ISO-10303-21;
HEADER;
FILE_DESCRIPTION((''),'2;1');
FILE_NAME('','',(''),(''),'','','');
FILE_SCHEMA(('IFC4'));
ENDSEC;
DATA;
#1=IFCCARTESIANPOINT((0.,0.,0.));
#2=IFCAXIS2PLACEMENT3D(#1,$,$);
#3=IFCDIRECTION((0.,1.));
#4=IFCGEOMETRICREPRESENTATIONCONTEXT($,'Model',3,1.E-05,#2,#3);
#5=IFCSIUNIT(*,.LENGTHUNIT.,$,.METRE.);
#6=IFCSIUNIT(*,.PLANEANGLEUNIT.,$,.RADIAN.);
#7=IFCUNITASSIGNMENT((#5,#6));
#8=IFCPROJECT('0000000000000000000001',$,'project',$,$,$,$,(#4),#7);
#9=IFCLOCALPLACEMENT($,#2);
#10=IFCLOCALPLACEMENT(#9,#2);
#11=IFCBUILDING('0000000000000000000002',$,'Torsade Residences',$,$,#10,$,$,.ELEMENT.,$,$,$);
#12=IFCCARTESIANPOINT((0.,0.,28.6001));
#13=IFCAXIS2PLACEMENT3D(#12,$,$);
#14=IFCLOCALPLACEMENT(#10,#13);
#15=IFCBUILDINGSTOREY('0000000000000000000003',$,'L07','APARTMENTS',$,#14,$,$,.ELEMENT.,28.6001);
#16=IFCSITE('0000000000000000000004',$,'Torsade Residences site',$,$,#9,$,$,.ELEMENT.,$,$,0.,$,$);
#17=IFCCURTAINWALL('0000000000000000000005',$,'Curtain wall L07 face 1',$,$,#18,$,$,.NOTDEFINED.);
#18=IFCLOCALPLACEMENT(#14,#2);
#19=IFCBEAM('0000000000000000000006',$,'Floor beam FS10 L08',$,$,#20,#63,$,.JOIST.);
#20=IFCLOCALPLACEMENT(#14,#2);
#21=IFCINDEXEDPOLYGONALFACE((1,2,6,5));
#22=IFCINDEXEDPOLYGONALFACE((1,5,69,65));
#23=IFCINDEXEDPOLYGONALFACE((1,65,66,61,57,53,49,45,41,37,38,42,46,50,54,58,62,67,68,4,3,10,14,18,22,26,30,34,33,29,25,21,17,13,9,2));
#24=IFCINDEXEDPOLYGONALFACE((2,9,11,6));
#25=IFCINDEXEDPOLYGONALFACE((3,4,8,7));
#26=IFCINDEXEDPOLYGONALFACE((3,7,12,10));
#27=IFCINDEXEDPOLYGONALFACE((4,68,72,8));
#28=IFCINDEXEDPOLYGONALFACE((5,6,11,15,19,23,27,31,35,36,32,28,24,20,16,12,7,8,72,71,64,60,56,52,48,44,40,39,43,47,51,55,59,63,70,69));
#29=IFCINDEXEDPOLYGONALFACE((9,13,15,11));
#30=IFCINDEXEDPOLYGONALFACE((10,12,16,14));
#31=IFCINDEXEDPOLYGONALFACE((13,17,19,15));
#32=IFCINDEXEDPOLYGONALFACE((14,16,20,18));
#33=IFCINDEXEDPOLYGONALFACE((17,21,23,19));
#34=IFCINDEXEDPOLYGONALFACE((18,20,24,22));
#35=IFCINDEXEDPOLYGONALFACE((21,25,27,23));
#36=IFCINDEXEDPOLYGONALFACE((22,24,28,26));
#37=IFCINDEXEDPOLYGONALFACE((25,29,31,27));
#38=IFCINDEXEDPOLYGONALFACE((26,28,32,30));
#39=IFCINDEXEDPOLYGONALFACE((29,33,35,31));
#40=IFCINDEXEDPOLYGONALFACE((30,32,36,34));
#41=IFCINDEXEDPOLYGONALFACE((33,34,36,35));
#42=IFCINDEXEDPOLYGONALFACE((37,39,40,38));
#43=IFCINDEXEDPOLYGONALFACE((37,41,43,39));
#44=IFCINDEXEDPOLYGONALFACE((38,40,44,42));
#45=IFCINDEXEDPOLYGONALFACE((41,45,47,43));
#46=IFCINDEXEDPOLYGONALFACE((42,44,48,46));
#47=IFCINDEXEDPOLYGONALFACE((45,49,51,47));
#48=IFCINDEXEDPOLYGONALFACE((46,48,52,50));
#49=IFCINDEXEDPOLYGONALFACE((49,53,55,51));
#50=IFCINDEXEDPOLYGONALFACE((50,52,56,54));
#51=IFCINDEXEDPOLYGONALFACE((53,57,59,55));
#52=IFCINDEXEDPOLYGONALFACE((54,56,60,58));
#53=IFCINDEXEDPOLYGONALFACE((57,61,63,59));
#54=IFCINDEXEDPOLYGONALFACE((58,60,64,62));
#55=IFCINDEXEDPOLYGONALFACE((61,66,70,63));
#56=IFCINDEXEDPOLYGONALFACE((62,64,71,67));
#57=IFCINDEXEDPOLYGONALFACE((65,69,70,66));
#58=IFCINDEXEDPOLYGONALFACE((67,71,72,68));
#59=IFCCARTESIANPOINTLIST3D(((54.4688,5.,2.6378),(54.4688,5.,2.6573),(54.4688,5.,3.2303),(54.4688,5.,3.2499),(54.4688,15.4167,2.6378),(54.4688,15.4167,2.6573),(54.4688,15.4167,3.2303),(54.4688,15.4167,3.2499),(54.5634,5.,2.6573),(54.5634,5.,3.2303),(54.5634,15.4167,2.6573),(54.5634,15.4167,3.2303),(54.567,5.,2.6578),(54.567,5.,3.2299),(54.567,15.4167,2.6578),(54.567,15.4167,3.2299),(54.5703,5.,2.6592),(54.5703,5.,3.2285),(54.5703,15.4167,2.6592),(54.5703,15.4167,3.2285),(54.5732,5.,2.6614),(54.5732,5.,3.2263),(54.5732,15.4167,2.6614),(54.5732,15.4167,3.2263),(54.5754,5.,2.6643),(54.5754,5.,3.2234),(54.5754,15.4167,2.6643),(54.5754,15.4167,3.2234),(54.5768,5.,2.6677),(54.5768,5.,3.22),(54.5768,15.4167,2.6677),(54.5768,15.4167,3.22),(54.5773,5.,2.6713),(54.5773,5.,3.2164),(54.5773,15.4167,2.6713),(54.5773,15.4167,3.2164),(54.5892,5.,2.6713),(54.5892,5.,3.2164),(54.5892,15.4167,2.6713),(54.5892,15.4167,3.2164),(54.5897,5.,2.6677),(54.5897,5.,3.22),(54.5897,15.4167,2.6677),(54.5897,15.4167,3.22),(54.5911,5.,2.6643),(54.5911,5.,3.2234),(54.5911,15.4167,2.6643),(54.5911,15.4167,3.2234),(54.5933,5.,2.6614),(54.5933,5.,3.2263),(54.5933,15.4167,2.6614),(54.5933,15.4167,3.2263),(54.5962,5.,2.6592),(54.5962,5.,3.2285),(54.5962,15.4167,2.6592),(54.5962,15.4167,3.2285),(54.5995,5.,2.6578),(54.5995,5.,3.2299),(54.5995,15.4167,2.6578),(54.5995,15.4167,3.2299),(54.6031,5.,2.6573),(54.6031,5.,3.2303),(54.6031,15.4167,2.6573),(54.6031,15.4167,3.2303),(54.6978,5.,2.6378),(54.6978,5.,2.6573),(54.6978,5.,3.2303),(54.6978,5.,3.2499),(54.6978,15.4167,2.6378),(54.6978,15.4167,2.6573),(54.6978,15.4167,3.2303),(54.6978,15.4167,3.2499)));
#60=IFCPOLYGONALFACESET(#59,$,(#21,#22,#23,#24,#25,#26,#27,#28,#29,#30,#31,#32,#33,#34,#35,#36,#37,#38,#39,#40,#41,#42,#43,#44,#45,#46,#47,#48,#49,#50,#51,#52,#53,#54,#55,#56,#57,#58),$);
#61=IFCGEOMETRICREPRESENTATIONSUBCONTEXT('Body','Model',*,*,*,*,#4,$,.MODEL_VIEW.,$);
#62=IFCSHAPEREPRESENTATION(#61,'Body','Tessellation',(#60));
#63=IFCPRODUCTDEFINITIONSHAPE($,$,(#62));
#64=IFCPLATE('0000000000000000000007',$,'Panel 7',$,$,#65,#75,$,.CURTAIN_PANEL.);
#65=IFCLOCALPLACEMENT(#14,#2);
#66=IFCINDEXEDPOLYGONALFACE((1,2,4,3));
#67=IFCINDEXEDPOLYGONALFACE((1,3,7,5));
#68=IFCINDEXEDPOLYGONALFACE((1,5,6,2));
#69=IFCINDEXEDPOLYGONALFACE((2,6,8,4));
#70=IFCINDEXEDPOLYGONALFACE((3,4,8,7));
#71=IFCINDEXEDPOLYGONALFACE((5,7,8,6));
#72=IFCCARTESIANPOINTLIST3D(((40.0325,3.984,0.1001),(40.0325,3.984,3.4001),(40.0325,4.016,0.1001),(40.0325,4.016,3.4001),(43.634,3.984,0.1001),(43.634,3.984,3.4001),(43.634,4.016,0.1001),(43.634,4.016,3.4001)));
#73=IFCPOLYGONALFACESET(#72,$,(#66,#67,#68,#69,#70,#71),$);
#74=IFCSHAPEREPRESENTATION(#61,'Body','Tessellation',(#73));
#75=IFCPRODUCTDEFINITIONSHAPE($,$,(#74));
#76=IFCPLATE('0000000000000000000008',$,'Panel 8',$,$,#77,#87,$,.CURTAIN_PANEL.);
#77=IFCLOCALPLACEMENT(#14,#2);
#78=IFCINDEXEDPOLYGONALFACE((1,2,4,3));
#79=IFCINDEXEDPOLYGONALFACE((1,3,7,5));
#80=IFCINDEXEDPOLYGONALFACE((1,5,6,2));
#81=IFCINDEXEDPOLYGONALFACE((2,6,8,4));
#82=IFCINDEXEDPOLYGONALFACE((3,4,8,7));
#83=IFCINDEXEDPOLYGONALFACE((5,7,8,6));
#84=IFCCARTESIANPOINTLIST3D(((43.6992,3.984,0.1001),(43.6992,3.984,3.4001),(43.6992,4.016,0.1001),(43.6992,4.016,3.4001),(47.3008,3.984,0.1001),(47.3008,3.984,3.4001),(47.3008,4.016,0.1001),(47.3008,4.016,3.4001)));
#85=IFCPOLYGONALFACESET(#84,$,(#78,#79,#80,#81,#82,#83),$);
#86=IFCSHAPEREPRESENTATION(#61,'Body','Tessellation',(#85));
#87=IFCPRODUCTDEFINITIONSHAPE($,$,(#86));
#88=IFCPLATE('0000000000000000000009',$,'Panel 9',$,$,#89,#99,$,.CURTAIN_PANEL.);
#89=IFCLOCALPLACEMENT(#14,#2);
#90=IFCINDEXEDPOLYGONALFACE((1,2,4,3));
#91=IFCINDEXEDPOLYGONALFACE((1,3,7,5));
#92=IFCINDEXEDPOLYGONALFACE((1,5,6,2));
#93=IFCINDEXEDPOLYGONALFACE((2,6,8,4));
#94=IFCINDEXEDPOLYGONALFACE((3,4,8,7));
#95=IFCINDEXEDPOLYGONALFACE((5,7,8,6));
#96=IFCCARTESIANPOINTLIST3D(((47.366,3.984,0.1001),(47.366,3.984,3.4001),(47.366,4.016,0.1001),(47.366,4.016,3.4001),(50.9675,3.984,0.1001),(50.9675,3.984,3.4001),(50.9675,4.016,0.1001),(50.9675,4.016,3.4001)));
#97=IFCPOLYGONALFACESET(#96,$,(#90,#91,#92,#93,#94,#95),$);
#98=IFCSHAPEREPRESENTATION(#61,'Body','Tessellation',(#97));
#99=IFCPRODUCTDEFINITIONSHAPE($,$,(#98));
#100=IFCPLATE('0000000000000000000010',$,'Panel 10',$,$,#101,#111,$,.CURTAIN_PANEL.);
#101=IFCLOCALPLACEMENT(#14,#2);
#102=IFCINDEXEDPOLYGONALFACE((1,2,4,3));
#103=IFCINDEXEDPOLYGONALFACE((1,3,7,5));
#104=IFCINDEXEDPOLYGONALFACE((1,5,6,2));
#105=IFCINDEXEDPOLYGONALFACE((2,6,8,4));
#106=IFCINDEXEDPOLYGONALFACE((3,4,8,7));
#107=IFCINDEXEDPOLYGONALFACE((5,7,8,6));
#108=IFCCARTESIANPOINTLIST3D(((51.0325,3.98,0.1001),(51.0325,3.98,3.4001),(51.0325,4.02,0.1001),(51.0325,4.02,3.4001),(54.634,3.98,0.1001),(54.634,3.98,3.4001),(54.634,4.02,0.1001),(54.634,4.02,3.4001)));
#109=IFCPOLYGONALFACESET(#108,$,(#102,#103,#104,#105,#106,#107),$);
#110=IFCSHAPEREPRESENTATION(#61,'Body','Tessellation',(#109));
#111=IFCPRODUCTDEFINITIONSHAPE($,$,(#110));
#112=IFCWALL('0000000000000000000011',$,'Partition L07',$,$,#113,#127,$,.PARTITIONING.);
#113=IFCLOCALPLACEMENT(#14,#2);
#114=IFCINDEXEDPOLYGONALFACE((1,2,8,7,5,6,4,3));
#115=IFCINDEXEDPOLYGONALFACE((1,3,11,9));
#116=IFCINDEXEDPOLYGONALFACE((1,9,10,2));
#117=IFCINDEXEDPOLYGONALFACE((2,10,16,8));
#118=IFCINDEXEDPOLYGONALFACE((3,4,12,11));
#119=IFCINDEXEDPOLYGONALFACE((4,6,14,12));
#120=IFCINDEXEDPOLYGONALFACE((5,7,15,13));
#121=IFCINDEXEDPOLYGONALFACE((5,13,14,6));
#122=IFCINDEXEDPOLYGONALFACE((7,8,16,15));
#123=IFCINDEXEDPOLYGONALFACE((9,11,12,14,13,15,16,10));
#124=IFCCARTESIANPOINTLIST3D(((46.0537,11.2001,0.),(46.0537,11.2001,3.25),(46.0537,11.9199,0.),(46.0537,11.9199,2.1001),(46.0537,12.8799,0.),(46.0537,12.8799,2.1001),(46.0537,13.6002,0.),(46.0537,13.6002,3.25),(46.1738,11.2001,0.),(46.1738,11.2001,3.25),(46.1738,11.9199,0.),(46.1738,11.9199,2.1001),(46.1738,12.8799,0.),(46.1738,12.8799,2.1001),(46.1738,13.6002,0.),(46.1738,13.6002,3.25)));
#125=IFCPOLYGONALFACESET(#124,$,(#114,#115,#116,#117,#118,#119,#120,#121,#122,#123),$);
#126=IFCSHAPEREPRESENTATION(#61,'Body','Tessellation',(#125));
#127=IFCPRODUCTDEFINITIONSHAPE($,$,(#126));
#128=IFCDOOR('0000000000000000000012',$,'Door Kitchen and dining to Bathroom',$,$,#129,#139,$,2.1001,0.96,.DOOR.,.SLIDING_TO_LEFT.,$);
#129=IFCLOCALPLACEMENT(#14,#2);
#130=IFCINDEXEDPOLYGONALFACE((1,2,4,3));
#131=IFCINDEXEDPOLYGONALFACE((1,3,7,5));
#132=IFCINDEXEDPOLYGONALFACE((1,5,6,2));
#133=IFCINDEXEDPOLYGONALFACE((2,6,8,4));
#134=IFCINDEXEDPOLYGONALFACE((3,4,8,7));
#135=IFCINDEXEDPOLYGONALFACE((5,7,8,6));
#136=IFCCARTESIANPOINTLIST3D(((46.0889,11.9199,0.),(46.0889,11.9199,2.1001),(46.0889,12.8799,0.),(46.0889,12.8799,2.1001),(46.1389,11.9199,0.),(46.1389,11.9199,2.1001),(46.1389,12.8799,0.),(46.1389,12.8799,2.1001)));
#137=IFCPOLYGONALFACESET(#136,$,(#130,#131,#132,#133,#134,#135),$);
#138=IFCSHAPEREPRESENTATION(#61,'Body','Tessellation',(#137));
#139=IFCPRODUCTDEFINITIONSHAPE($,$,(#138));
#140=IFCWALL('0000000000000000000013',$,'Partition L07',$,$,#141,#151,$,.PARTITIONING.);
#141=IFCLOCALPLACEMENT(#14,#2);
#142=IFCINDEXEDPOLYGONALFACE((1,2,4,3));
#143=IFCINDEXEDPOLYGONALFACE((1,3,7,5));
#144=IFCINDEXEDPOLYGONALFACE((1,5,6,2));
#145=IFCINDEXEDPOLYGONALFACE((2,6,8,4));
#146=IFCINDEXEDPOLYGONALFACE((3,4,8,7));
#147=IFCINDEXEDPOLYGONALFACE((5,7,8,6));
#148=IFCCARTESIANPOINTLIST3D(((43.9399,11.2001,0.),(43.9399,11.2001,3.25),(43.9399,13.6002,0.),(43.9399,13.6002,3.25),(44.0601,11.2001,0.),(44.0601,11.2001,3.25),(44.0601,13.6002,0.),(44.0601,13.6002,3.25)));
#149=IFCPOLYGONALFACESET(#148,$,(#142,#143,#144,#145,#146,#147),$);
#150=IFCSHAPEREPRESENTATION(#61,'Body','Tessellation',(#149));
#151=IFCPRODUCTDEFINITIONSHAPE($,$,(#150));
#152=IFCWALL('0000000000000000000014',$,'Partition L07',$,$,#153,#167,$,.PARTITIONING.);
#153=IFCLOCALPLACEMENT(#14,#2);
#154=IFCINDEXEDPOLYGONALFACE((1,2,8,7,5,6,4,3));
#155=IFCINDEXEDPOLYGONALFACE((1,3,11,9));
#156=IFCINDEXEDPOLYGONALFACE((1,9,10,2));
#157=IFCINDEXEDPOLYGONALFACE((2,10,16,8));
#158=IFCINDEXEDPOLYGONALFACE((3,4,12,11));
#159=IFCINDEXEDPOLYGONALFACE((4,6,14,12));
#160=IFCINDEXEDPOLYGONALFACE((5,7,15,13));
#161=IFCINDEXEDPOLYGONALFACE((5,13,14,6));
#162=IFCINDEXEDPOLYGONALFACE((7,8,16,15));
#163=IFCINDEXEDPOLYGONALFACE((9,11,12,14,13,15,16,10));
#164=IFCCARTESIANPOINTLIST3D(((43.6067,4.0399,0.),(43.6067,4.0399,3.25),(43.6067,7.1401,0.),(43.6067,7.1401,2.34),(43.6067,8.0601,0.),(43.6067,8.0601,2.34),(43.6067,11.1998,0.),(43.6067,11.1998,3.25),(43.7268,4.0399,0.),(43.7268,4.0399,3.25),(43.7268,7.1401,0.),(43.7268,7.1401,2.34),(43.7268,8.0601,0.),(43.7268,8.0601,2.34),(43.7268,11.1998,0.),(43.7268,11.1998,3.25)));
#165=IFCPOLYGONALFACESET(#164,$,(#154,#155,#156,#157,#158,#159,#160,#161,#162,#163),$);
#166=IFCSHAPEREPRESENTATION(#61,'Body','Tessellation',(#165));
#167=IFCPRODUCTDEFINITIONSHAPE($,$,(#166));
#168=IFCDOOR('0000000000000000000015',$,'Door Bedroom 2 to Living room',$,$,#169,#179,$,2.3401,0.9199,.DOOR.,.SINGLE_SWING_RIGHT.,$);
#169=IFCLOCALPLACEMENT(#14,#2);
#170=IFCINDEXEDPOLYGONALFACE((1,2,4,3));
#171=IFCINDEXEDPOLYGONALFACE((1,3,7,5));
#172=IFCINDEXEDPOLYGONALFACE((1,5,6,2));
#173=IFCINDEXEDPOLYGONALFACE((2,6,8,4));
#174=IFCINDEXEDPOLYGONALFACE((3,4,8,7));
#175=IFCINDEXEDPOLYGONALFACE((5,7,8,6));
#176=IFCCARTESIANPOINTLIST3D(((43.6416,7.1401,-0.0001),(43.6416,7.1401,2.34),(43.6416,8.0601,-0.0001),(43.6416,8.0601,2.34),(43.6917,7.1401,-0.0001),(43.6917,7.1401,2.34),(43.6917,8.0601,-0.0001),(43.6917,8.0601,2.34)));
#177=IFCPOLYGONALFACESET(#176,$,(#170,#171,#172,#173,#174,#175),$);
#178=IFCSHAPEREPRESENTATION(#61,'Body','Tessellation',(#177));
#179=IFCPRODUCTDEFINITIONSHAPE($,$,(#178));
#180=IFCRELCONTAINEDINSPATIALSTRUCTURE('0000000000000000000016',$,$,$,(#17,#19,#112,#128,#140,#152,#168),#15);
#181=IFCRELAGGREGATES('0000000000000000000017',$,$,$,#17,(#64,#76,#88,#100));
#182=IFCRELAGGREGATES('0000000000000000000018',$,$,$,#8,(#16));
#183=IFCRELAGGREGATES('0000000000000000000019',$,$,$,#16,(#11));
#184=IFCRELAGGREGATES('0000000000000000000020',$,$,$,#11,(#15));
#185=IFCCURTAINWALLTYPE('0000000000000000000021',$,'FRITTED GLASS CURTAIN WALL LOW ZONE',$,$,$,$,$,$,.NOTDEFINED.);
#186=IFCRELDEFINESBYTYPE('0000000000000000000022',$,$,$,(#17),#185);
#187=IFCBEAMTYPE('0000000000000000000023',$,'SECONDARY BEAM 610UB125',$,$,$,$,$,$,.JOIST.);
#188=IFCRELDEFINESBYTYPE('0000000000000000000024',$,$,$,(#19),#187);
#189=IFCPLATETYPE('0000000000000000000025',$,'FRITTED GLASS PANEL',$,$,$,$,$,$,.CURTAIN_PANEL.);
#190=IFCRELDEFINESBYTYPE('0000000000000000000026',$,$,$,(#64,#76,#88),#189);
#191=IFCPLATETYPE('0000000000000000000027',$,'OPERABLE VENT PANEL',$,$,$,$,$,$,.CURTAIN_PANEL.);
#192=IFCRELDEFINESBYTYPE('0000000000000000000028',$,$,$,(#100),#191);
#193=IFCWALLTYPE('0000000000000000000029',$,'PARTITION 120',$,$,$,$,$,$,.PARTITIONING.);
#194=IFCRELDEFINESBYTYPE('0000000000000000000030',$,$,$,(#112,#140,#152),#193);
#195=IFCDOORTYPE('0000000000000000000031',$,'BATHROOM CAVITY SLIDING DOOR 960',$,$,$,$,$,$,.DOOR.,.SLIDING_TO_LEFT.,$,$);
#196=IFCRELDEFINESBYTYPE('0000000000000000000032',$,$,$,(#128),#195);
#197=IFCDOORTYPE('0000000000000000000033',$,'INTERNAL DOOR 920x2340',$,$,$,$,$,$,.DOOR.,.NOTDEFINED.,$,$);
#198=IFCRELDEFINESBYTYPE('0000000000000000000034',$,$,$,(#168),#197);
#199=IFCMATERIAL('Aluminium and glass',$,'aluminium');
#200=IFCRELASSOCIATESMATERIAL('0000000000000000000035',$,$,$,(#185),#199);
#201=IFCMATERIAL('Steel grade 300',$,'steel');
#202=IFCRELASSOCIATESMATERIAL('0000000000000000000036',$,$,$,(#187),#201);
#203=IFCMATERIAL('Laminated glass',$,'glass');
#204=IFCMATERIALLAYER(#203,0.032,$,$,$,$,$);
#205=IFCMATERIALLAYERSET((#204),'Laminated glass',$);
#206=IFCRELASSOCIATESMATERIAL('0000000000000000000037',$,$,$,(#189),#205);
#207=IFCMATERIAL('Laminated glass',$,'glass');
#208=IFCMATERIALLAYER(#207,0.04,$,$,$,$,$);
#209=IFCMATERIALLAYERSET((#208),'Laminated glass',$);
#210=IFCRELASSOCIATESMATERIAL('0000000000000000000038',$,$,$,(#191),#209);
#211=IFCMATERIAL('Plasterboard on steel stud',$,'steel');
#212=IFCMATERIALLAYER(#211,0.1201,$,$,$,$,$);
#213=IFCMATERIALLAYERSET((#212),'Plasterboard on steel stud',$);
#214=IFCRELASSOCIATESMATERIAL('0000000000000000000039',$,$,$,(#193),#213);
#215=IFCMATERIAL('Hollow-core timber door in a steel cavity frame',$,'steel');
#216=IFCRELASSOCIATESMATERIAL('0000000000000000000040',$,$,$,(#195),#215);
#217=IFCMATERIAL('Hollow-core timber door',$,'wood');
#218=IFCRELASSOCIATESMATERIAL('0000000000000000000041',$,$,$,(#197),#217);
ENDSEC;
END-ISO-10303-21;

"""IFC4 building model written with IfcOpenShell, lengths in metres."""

from ifc_helpers import new_model, si_unit, direction, frame, frame_2d, origin, origin_2d, place, context, subcontext, project, spatial, rectangle, i_section, extrude, material, layer, layer_set, material_profile, profile_set, type_object, element, fill, aggregate, save


model = new_model("IFC4")

# Units and contexts
model_context = context("Model", 3, precision=1e-05, world=origin(), true_north=direction((0.0, 1.0)))
body_context = subcontext(model_context, "Body", "Model", "MODEL_VIEW")
ifc_project = project(units=[si_unit("LENGTHUNIT", "METRE"), si_unit("PLANEANGLEUNIT", "RADIAN")], contexts=[model_context])

# Site, building, storey
site_placement = place(None, origin())
site = spatial("IfcSite", under=ifc_project, at=site_placement, Name="Torsade Residences site", CompositionType="ELEMENT", RefElevation=0.0)
building_placement = place(site_placement, origin())
building = spatial("IfcBuilding", under=site, at=building_placement, Name="Torsade Residences", CompositionType="ELEMENT")
storey_placement = place(building_placement, frame((0.0, 0.0, 28.6001)))
storey = spatial("IfcBuildingStorey", under=building, at=storey_placement, Name="L07", Description="APARTMENTS", CompositionType="ELEMENT", Elevation=28.6001)

# Curtain wall
ifc_material_1 = material(Name="Aluminium and glass", Category="aluminium")
curtain_wall_type = type_object("IfcCurtainWallType", Name="FRITTED GLASS CURTAIN WALL LOW ZONE", PredefinedType="NOTDEFINED", material=ifc_material_1)
curtain_wall_placement = place(storey_placement, origin())
curtain_wall = element("IfcCurtainWall", 1, at=curtain_wall_placement, inside=storey, type_object=curtain_wall_type, Name="Curtain wall L07 face 1", PredefinedType="NOTDEFINED")

# Beam
ifc_material_2 = material(Name="Steel grade 300", Category="steel")
ifc_material_profile_1 = material_profile(ifc_material_2, i_section(OverallWidth=0.229, OverallDepth=0.6121, WebThickness=0.012, FlangeThickness=0.0195, FilletRadius=0.0139, at=origin_2d()), Name="610UB125")
ifc_profile_set_1 = profile_set([ifc_material_profile_1], Name="Steel grade 300")
beam_type_1 = type_object("IfcBeamType", Name="SECONDARY BEAM 610UB125", PredefinedType="JOIST", material=ifc_profile_set_1)
beam_1_placement = place(storey_placement, frame((54.5833, 5.0, 2.9438), z_axis=(0.0, 1.0, 0.0), x_axis=(-1.0, 0.0, 0.0)))
element("IfcBeam", 2, at=beam_1_placement, inside=storey, type_object=beam_type_1, Name="Floor beam FS10 L08", PredefinedType="JOIST", context=body_context, shape_type="SweptSolid", body=[
    extrude(i_section(OverallWidth=0.229, OverallDepth=0.6121, WebThickness=0.012, FlangeThickness=0.0195, FilletRadius=0.0139, at=origin_2d()), origin(), (0.0, 0.0, 1.0), 10.4167),
])

# Plates
ifc_material_3 = material(Name="Laminated glass", Category="glass")
ifc_layer_1 = layer(ifc_material_3, 0.032)
ifc_layer_set_1 = layer_set([ifc_layer_1], Name="Laminated glass")
plate_type_1 = type_object("IfcPlateType", Name="FRITTED GLASS PANEL", PredefinedType="CURTAIN_PANEL", material=ifc_layer_set_1)
plate_1_placement = place(storey_placement, frame((41.8333, 4.0, 0.1001), z_axis=(0.0, 0.0, 1.0), x_axis=(1.0, 0.0, 0.0)))
plate_1 = element("IfcPlate", 3, at=plate_1_placement, type_object=plate_type_1, Name="Panel 7", PredefinedType="CURTAIN_PANEL", context=body_context, shape_type="SweptSolid", body=[
    extrude(rectangle(XDim=3.6016, YDim=0.032, at=origin_2d()), origin(), (0.0, 0.0, 1.0), 3.3),
])
plate_2_placement = place(storey_placement, frame((45.5, 4.0, 0.1001), z_axis=(0.0, 0.0, 1.0), x_axis=(1.0, 0.0, 0.0)))
plate_2 = element("IfcPlate", 4, at=plate_2_placement, type_object=plate_type_1, Name="Panel 8", PredefinedType="CURTAIN_PANEL", context=body_context, shape_type="SweptSolid", body=[
    extrude(rectangle(XDim=3.6016, YDim=0.032, at=origin_2d()), origin(), (0.0, 0.0, 1.0), 3.3),
])
plate_3_placement = place(storey_placement, frame((49.1667, 4.0, 0.1001), z_axis=(0.0, 0.0, 1.0), x_axis=(1.0, 0.0, 0.0)))
plate_3 = element("IfcPlate", 5, at=plate_3_placement, type_object=plate_type_1, Name="Panel 9", PredefinedType="CURTAIN_PANEL", context=body_context, shape_type="SweptSolid", body=[
    extrude(rectangle(XDim=3.6016, YDim=0.032, at=origin_2d()), origin(), (0.0, 0.0, 1.0), 3.3),
])
ifc_material_4 = material(Name="Laminated glass", Category="glass")
ifc_layer_2 = layer(ifc_material_4, 0.04)
ifc_layer_set_2 = layer_set([ifc_layer_2], Name="Laminated glass")
plate_type_2 = type_object("IfcPlateType", Name="OPERABLE VENT PANEL", PredefinedType="CURTAIN_PANEL", material=ifc_layer_set_2)
plate_4_placement = place(storey_placement, frame((52.8333, 4.0, 0.1001), z_axis=(0.0, 0.0, 1.0), x_axis=(1.0, 0.0, 0.0)))
plate_4 = element("IfcPlate", 6, at=plate_4_placement, type_object=plate_type_2, Name="Panel 10", PredefinedType="CURTAIN_PANEL", context=body_context, shape_type="SweptSolid", body=[
    extrude(rectangle(XDim=3.6016, YDim=0.04, at=origin_2d()), origin(), (0.0, 0.0, 1.0), 3.3),
])
aggregate(curtain_wall, [plate_1, plate_2, plate_3, plate_4])

# Wall, opening, door
ifc_material_5 = material(Name="Plasterboard on steel stud", Category="steel")
ifc_layer_3 = layer(ifc_material_5, 0.1201)
ifc_layer_set_3 = layer_set([ifc_layer_3], Name="Plasterboard on steel stud")
wall_type_1 = type_object("IfcWallType", Name="PARTITION 120", PredefinedType="PARTITIONING", material=ifc_layer_set_3)
wall_1_placement = place(storey_placement, frame((46.1138, 11.2, 0.0), z_axis=(0.0, 0.0, 1.0), x_axis=(0.0, 1.0, 0.0)))
wall_1 = element("IfcWall", 7, at=wall_1_placement, inside=storey, type_object=wall_type_1, Name="Partition L07", PredefinedType="PARTITIONING", context=body_context, shape_type="SweptSolid", body=[
    extrude(rectangle(XDim=2.4001, YDim=0.1201, at=frame_2d((1.2002, 0.0))), origin(), (0.0, 0.0, 1.0), 3.25),
])
opening_1_placement = place(wall_1_placement, frame((0.72, 0.0, 0.0)))
opening_1 = element("IfcOpeningElement", 8, at=opening_1_placement, cuts=wall_1, PredefinedType="OPENING", context=body_context, shape_type="SweptSolid", body=[
    extrude(rectangle(XDim=0.96, YDim=2.1001, at=frame_2d((0.48, 1.05))), frame((0.0, 0.0701, 0.0), z_axis=(0.0, -1.0, 0.0), x_axis=(1.0, 0.0, 0.0)), (0.0, 0.0, 1.0), 0.1401),
])
ifc_material_6 = material(Name="Hollow-core timber door in a steel cavity frame", Category="steel")
door_type_1 = type_object("IfcDoorType", Name="BATHROOM CAVITY SLIDING DOOR 960", OperationType="SLIDING_TO_LEFT", PredefinedType="DOOR", material=ifc_material_6)
door_1_placement = place(opening_1_placement, origin())
door_1 = element("IfcDoor", 9, at=door_1_placement, inside=storey, type_object=door_type_1, Name="Door Kitchen and dining to Bathroom", OperationType="SLIDING_TO_LEFT", OverallHeight=2.1001, OverallWidth=0.96, PredefinedType="DOOR", context=body_context, shape_type="SweptSolid", body=[
    extrude(rectangle(XDim=0.96, YDim=2.1001, at=frame_2d((0.48, 1.05))), frame((0.0, 0.0249, 0.0), z_axis=(0.0, -1.0, 0.0), x_axis=(1.0, 0.0, 0.0)), (0.0, 0.0, 1.0), 0.05),
])
fill(opening_1, door_1)

# Wall
wall_2_placement = place(storey_placement, frame((44.0, 11.2, 0.0), z_axis=(0.0, 0.0, 1.0), x_axis=(0.0, 1.0, 0.0)))
element("IfcWall", 10, at=wall_2_placement, inside=storey, type_object=wall_type_1, Name="Partition L07", PredefinedType="PARTITIONING", context=body_context, shape_type="SweptSolid", body=[
    extrude(rectangle(XDim=2.4001, YDim=0.1201, at=frame_2d((1.2002, 0.0))), origin(), (0.0, 0.0, 1.0), 3.25),
])

# Wall, opening, door
wall_3_placement = place(storey_placement, frame((43.6667, 11.2, 0.0), z_axis=(0.0, 0.0, 1.0), x_axis=(0.0, -1.0, 0.0)))
wall_3 = element("IfcWall", 11, at=wall_3_placement, inside=storey, type_object=wall_type_1, Name="Partition L07", PredefinedType="PARTITIONING", context=body_context, shape_type="SweptSolid", body=[
    extrude(rectangle(XDim=7.1599, YDim=0.1201, at=frame_2d((3.5801, 0.0))), origin(), (0.0, 0.0, 1.0), 3.25),
])
opening_2_placement = place(wall_3_placement, frame((3.1399, 0.0, 0.0)))
opening_2 = element("IfcOpeningElement", 12, at=opening_2_placement, cuts=wall_3, PredefinedType="OPENING", context=body_context, shape_type="SweptSolid", body=[
    extrude(rectangle(XDim=0.9199, YDim=2.3401, at=frame_2d((0.46, 1.1699))), frame((0.0, 0.0701, 0.0), z_axis=(0.0, -1.0, 0.0), x_axis=(1.0, 0.0, 0.0)), (0.0, 0.0, 1.0), 0.1401),
])
ifc_material_7 = material(Name="Hollow-core timber door", Category="wood")
door_type_2 = type_object("IfcDoorType", Name="INTERNAL DOOR 920x2340", OperationType="NOTDEFINED", PredefinedType="DOOR", material=ifc_material_7)
door_2_placement = place(opening_2_placement, origin())
door_2 = element("IfcDoor", 13, at=door_2_placement, inside=storey, type_object=door_type_2, Name="Door Bedroom 2 to Living room", OperationType="SINGLE_SWING_RIGHT", OverallHeight=2.3401, OverallWidth=0.9199, PredefinedType="DOOR", context=body_context, shape_type="SweptSolid", body=[
    extrude(rectangle(XDim=0.9199, YDim=2.3401, at=frame_2d((0.46, 1.1699))), frame((0.0, 0.0249, 0.0), z_axis=(0.0, -1.0, 0.0), x_axis=(1.0, 0.0, 0.0)), (0.0, 0.0, 1.0), 0.05),
])
fill(opening_2, door_2)

save(model, "model.ifc")
